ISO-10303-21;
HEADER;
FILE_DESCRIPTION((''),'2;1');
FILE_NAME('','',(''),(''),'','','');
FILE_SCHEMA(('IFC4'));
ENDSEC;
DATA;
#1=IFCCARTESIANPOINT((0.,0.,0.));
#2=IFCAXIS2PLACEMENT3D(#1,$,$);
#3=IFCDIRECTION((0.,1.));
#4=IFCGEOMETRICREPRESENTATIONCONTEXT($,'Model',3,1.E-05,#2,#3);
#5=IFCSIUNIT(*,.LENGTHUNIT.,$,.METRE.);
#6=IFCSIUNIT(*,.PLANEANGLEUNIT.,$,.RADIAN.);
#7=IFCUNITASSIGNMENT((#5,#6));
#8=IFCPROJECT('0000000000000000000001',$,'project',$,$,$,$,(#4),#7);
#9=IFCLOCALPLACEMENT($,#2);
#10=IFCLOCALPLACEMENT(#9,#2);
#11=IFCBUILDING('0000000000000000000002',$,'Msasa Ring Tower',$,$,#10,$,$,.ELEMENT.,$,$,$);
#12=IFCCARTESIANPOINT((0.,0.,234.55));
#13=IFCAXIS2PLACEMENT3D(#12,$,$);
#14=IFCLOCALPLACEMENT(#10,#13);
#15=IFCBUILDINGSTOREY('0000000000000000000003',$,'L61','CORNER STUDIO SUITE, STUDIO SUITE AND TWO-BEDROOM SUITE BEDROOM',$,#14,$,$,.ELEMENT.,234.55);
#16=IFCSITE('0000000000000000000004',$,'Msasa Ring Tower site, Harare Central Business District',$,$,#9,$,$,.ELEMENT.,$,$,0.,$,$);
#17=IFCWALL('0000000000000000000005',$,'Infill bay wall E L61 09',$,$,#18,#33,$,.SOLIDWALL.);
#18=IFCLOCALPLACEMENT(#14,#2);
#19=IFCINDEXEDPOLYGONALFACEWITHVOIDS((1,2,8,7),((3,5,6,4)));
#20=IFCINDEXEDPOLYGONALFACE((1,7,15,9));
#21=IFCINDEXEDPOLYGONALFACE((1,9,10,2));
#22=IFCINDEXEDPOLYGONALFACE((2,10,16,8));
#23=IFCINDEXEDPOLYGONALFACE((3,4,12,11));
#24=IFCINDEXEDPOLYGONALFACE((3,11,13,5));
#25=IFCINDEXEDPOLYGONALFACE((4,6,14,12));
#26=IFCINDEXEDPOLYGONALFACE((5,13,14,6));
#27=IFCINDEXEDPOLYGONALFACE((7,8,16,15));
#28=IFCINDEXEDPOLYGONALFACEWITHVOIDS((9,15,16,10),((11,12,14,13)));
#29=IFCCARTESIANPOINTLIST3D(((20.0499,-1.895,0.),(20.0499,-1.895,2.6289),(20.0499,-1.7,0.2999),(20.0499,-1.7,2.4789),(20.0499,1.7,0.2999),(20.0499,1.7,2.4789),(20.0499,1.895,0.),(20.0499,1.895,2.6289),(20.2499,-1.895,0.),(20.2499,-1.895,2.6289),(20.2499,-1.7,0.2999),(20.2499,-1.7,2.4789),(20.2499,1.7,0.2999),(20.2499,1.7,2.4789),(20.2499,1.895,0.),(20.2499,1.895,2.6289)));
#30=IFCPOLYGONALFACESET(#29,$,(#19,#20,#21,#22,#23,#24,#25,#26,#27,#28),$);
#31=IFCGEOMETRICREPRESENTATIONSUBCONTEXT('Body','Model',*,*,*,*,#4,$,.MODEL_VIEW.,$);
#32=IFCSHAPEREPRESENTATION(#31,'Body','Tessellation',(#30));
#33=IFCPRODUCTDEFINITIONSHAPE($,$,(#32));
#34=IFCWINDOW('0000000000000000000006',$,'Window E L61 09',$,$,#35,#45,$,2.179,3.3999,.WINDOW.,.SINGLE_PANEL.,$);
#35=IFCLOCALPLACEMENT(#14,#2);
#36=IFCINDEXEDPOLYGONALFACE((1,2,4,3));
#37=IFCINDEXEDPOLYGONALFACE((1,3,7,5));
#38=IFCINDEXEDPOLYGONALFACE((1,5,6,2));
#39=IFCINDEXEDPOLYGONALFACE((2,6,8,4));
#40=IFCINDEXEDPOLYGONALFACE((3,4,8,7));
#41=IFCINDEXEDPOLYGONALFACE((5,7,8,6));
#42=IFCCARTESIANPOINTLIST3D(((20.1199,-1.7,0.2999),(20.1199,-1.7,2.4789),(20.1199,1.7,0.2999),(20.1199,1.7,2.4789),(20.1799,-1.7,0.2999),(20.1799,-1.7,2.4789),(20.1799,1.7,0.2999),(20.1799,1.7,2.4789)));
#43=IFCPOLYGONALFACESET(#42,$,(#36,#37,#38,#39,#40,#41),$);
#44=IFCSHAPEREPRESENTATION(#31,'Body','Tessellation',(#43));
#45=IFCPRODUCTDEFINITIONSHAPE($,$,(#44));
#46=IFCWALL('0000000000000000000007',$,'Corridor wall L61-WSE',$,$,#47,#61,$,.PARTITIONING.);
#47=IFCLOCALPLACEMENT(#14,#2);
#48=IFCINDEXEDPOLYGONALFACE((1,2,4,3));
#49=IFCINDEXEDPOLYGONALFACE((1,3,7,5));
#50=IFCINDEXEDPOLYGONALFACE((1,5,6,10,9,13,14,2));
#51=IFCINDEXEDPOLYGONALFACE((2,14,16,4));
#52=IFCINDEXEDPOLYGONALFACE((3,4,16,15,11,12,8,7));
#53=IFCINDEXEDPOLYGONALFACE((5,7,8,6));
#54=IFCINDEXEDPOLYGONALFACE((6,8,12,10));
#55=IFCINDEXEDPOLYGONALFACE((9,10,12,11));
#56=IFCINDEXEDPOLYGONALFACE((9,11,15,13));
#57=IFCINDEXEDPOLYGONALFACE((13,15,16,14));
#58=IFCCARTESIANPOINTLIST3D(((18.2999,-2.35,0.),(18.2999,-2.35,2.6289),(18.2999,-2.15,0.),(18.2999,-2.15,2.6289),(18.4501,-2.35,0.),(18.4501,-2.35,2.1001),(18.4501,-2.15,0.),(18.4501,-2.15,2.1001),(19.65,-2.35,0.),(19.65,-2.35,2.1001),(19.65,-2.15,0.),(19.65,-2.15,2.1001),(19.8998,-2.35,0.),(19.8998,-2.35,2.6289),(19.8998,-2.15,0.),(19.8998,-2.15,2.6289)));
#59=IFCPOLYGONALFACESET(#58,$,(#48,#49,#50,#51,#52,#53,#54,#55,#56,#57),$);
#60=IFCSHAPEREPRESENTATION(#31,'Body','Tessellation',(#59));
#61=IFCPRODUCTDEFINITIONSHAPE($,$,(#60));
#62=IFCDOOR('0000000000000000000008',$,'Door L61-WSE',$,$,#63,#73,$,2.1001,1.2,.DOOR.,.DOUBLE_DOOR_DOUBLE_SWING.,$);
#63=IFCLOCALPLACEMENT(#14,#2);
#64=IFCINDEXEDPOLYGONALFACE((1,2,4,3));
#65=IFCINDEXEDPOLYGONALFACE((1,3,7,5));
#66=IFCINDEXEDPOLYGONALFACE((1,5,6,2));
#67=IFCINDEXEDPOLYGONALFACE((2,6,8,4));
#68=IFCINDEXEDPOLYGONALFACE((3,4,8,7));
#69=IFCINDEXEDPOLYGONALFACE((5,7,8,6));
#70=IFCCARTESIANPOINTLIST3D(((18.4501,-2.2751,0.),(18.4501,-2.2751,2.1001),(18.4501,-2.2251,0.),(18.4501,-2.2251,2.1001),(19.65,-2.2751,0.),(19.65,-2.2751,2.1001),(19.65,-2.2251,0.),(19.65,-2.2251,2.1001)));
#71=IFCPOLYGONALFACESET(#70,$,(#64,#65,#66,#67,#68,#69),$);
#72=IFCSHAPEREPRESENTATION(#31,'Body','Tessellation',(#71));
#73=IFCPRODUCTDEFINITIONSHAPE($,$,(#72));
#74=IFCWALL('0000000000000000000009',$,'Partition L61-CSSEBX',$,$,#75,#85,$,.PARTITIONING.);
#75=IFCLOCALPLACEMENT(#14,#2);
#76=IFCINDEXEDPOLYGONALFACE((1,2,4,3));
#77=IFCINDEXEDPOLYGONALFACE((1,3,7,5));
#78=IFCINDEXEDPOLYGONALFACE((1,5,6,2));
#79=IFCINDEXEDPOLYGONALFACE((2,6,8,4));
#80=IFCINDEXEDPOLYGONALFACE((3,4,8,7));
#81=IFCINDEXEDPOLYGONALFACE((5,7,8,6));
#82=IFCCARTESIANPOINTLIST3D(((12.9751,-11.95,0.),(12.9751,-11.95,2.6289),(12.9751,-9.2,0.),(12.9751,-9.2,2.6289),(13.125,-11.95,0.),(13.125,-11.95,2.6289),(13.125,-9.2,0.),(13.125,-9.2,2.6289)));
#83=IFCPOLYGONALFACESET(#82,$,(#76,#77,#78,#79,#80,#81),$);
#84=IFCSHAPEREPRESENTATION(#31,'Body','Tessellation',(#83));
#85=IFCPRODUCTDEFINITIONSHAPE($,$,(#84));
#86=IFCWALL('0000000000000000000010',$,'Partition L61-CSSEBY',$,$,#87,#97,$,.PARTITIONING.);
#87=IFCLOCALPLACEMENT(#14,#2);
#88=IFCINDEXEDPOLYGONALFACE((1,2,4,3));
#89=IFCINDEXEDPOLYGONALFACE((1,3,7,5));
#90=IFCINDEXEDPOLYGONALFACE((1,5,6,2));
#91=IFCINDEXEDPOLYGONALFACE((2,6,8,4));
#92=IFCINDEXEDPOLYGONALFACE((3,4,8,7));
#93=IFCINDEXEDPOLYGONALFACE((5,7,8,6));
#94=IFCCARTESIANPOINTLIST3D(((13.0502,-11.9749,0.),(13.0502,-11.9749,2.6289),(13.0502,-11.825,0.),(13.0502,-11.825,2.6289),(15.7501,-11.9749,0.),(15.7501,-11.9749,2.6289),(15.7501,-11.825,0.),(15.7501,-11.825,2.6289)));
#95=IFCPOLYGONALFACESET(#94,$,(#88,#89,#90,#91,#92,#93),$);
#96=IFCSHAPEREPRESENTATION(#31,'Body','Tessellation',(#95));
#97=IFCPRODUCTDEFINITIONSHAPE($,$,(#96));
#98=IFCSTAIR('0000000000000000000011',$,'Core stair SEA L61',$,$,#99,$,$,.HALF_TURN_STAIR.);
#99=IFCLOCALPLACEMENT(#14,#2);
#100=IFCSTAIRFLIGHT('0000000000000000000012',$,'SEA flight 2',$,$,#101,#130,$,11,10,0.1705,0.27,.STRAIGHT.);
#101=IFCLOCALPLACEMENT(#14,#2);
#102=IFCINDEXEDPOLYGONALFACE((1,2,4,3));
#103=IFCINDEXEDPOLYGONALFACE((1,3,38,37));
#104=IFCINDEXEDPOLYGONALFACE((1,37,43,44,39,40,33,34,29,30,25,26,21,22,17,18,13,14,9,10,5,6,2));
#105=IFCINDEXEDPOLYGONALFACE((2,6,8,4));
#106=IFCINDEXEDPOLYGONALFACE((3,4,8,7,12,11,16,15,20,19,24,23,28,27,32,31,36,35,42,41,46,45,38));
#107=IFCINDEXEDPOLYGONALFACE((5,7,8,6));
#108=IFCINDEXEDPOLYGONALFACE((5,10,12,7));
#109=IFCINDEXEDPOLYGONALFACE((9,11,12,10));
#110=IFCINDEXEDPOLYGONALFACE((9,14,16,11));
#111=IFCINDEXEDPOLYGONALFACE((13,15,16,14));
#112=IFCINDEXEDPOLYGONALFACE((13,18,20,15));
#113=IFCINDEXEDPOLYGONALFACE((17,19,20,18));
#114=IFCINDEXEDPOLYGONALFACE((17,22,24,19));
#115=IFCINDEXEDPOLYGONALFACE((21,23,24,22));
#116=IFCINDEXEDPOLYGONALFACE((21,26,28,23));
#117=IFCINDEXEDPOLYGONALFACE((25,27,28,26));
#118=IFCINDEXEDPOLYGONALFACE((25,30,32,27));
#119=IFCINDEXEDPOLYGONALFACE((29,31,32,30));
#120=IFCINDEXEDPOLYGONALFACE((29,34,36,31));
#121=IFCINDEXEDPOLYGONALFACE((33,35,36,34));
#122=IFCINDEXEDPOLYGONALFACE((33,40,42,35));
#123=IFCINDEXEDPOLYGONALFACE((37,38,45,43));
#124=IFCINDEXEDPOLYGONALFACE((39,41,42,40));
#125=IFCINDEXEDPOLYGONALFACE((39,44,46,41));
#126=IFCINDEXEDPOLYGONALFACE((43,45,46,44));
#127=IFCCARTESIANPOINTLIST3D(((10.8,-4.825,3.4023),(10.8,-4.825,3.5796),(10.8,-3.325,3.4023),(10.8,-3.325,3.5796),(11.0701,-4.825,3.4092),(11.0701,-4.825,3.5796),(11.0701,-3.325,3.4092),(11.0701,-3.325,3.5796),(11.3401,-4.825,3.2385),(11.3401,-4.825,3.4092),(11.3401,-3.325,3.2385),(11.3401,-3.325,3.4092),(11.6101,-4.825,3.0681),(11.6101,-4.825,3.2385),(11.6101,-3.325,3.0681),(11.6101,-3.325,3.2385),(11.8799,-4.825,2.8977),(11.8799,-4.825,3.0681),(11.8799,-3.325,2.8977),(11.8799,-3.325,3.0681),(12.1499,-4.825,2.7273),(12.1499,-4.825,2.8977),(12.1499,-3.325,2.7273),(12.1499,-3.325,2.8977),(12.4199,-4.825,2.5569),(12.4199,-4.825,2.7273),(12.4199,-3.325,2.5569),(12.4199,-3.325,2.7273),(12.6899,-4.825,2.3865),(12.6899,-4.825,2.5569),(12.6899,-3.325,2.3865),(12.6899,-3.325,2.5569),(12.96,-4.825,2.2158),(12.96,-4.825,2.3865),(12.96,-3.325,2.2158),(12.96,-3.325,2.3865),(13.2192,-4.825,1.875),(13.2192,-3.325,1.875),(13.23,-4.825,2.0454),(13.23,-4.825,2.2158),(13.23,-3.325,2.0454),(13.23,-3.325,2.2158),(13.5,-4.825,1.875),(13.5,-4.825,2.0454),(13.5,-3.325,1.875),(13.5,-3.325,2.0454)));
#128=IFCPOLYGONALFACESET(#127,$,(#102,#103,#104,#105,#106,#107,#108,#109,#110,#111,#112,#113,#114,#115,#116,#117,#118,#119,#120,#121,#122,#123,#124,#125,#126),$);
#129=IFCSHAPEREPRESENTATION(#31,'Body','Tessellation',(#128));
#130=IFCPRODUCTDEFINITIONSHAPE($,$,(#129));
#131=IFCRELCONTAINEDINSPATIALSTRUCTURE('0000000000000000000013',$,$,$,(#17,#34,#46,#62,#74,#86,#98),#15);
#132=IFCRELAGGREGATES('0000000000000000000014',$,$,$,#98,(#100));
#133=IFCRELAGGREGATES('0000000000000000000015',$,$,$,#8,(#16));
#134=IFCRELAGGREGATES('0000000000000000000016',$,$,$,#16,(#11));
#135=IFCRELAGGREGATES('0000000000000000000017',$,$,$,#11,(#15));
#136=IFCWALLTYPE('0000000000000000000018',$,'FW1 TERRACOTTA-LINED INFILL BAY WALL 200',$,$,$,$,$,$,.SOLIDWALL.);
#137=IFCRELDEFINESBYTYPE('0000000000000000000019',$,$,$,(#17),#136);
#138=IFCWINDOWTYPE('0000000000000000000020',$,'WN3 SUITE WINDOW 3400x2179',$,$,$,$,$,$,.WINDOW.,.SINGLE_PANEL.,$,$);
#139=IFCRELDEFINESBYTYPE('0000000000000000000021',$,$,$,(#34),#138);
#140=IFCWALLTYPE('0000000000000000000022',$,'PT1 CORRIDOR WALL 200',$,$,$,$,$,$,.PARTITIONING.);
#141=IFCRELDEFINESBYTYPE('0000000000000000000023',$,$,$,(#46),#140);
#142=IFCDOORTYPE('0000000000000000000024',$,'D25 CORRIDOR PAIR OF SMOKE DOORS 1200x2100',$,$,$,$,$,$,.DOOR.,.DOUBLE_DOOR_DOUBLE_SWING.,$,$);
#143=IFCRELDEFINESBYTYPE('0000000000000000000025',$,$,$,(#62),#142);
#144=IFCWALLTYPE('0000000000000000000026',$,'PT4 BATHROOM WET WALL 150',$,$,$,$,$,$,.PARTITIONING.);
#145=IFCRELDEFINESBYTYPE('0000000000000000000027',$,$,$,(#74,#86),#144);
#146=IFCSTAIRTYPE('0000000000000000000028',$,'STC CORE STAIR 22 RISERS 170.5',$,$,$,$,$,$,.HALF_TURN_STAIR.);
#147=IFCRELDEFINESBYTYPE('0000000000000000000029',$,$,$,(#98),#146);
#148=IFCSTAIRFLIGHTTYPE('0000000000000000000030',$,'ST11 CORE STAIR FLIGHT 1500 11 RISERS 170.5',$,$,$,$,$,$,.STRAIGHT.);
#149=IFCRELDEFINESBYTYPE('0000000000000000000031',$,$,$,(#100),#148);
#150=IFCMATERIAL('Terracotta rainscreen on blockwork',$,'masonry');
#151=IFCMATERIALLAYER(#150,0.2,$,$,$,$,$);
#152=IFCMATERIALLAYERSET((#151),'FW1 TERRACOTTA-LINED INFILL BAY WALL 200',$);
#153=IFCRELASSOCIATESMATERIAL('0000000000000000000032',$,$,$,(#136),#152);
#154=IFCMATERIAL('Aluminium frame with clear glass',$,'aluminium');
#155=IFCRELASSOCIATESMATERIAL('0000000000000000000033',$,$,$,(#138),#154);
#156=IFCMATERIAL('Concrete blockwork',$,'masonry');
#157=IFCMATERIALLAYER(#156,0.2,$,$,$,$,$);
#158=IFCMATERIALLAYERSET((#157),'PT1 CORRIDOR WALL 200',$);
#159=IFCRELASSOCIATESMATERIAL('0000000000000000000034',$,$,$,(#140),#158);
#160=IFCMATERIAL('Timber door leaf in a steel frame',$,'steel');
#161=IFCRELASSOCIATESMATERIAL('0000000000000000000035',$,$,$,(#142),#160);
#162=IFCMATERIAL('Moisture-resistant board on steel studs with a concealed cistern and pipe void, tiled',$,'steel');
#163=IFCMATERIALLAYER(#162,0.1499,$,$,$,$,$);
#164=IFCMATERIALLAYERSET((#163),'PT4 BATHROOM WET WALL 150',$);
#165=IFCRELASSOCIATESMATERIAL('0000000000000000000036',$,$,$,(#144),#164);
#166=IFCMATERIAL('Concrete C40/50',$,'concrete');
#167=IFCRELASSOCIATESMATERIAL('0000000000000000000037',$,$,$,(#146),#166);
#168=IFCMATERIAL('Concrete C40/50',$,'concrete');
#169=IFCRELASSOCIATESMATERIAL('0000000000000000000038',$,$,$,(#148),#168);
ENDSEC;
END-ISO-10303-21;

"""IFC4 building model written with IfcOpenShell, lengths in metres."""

from ifc_helpers import new_model, si_unit, direction, frame, frame_2d, origin, place, context, subcontext, project, spatial, polyline, rectangle, outline, extrude, material, layer, layer_set, type_object, element, fill, aggregate, save


model = new_model("IFC4")

# Units and contexts
model_context = context("Model", 3, precision=1e-05, world=origin(), true_north=direction((0.0, 1.0)))
body_context = subcontext(model_context, "Body", "Model", "MODEL_VIEW")
ifc_project = project(units=[si_unit("LENGTHUNIT", "METRE"), si_unit("PLANEANGLEUNIT", "RADIAN")], contexts=[model_context])

# Site, building, storey
site_placement = place(None, origin())
site = spatial("IfcSite", under=ifc_project, at=site_placement, Name="Msasa Ring Tower site, Harare Central Business District", CompositionType="ELEMENT", RefElevation=0.0)
building_placement = place(site_placement, origin())
building = spatial("IfcBuilding", under=site, at=building_placement, Name="Msasa Ring Tower", CompositionType="ELEMENT")
storey_placement = place(building_placement, frame((0.0, 0.0, 234.55)))
storey = spatial("IfcBuildingStorey", under=building, at=storey_placement, Name="L61", Description="CORNER STUDIO SUITE, STUDIO SUITE AND TWO-BEDROOM SUITE BEDROOM", CompositionType="ELEMENT", Elevation=234.55)

# Wall, opening, window
ifc_material_1 = material(Name="Terracotta rainscreen on blockwork", Category="masonry")
ifc_layer_1 = layer(ifc_material_1, 0.2)
ifc_layer_set_1 = layer_set([ifc_layer_1], Name="FW1 TERRACOTTA-LINED INFILL BAY WALL 200")
wall_type_1 = type_object("IfcWallType", Name="FW1 TERRACOTTA-LINED INFILL BAY WALL 200", PredefinedType="SOLIDWALL", material=ifc_layer_set_1)
ifc_material_2 = material(Name="Aluminium frame with clear glass", Category="aluminium")
window_type = type_object("IfcWindowType", Name="WN3 SUITE WINDOW 3400x2179", PartitioningType="SINGLE_PANEL", PredefinedType="WINDOW", material=ifc_material_2)
wall_1_placement = place(storey_placement, frame((20.1499, -1.895, 0.0), z_axis=(0.0, 0.0, 1.0), x_axis=(0.0, 1.0, 0.0)))
wall_1 = element("IfcWall", 1, at=wall_1_placement, inside=storey, type_object=wall_type_1, Name="Infill bay wall E L61 09", PredefinedType="SOLIDWALL", context=body_context, shape_type="SweptSolid", body=[
    extrude(rectangle(XDim=3.79, YDim=0.2, at=frame_2d((1.895, 0.0))), origin(), (0.0, 0.0, 1.0), 2.6289),
])
opening_1_placement = place(wall_1_placement, frame((0.1951, 0.0, 0.3)))
opening_1 = element("IfcOpeningElement", 2, at=opening_1_placement, cuts=wall_1, PredefinedType="OPENING", context=body_context, shape_type="SweptSolid", body=[
    extrude(rectangle(XDim=3.3999, YDim=2.179, at=frame_2d((1.7, 1.0894))), frame((0.0, 0.1099, 0.0), z_axis=(0.0, -1.0, 0.0), x_axis=(1.0, 0.0, 0.0)), (0.0, 0.0, 1.0), 0.22),
])
window_1_placement = place(opening_1_placement, origin())
window_1 = element("IfcWindow", 3, at=window_1_placement, inside=storey, type_object=window_type, Name="Window E L61 09", OverallHeight=2.179, OverallWidth=3.3999, PartitioningType="SINGLE_PANEL", PredefinedType="WINDOW", context=body_context, shape_type="SweptSolid", body=[
    extrude(rectangle(XDim=3.3999, YDim=2.179, at=frame_2d((1.7, 1.0894))), frame((0.0, 0.03, 0.0), z_axis=(0.0, -1.0, 0.0), x_axis=(1.0, 0.0, 0.0)), (0.0, 0.0, 1.0), 0.0601),
])
fill(opening_1, window_1)

# Wall, opening, door
ifc_material_3 = material(Name="Concrete blockwork", Category="masonry")
ifc_layer_2 = layer(ifc_material_3, 0.2)
ifc_layer_set_2 = layer_set([ifc_layer_2], Name="PT1 CORRIDOR WALL 200")
wall_type_2 = type_object("IfcWallType", Name="PT1 CORRIDOR WALL 200", PredefinedType="PARTITIONING", material=ifc_layer_set_2)
wall_2_placement = place(storey_placement, frame((18.3, -2.25, 0.0), z_axis=(0.0, 0.0, 1.0), x_axis=(1.0, 0.0, 0.0)))
wall_2 = element("IfcWall", 4, at=wall_2_placement, inside=storey, type_object=wall_type_2, Name="Corridor wall L61-WSE", PredefinedType="PARTITIONING", context=body_context, shape_type="SweptSolid", body=[
    extrude(rectangle(XDim=1.5999, YDim=0.2, at=frame_2d((0.7998, 0.0))), origin(), (0.0, 0.0, 1.0), 2.6289),
])
opening_2_placement = place(wall_2_placement, frame((0.1499, 0.0, 0.0)))
opening_2 = element("IfcOpeningElement", 5, at=opening_2_placement, cuts=wall_2, PredefinedType="OPENING", context=body_context, shape_type="SweptSolid", body=[
    extrude(rectangle(XDim=1.2, YDim=2.1001, at=frame_2d((0.6001, 1.05))), frame((0.0, 0.1099, 0.0), z_axis=(0.0, -1.0, 0.0), x_axis=(1.0, 0.0, 0.0)), (0.0, 0.0, 1.0), 0.22),
])
ifc_material_4 = material(Name="Timber door leaf in a steel frame", Category="steel")
door_type_1 = type_object("IfcDoorType", Name="D25 CORRIDOR PAIR OF SMOKE DOORS 1200x2100", OperationType="DOUBLE_DOOR_DOUBLE_SWING", PredefinedType="DOOR", material=ifc_material_4)
door_1_placement = place(opening_2_placement, origin())
door_1 = element("IfcDoor", 6, at=door_1_placement, inside=storey, type_object=door_type_1, Name="Door L61-WSE", OperationType="DOUBLE_DOOR_DOUBLE_SWING", OverallHeight=2.1001, OverallWidth=1.2, PredefinedType="DOOR", context=body_context, shape_type="SweptSolid", body=[
    extrude(rectangle(XDim=1.2, YDim=2.1001, at=frame_2d((0.6001, 1.05))), frame((0.0, 0.0249, 0.0), z_axis=(0.0, -1.0, 0.0), x_axis=(1.0, 0.0, 0.0)), (0.0, 0.0, 1.0), 0.05),
])
fill(opening_2, door_1)

# Walls
ifc_material_5 = material(Name="Moisture-resistant board on steel studs with a concealed cistern and pipe void, tiled", Category="steel")
ifc_layer_3 = layer(ifc_material_5, 0.1499)
ifc_layer_set_3 = layer_set([ifc_layer_3], Name="PT4 BATHROOM WET WALL 150")
wall_type_3 = type_object("IfcWallType", Name="PT4 BATHROOM WET WALL 150", PredefinedType="PARTITIONING", material=ifc_layer_set_3)
wall_3_placement = place(storey_placement, frame((13.05, -11.95, 0.0), z_axis=(0.0, 0.0, 1.0), x_axis=(0.0, 1.0, 0.0)))
element("IfcWall", 7, at=wall_3_placement, inside=storey, type_object=wall_type_3, Name="Partition L61-CSSEBX", PredefinedType="PARTITIONING", context=body_context, shape_type="SweptSolid", body=[
    extrude(rectangle(XDim=2.75, YDim=0.1499, at=frame_2d((1.375, 0.0))), origin(), (0.0, 0.0, 1.0), 2.6289),
])
wall_4_placement = place(storey_placement, frame((13.05, -11.8999, 0.0), z_axis=(0.0, 0.0, 1.0), x_axis=(1.0, 0.0, 0.0)))
element("IfcWall", 8, at=wall_4_placement, inside=storey, type_object=wall_type_3, Name="Partition L61-CSSEBY", PredefinedType="PARTITIONING", context=body_context, shape_type="SweptSolid", body=[
    extrude(rectangle(XDim=2.7, YDim=0.1499, at=frame_2d((1.3501, 0.0))), origin(), (0.0, 0.0, 1.0), 2.6289),
])

# Stair, stair flight
ifc_material_6 = material(Name="Concrete C40/50", Category="concrete")
stair_type = type_object("IfcStairType", Name="STC CORE STAIR 22 RISERS 170.5", PredefinedType="HALF_TURN_STAIR", material=ifc_material_6)
stair_placement = place(storey_placement, origin())
stair = element("IfcStair", 9, at=stair_placement, inside=storey, type_object=stair_type, Name="Core stair SEA L61", PredefinedType="HALF_TURN_STAIR")
ifc_material_7 = material(Name="Concrete C40/50", Category="concrete")
stair_flight_type = type_object("IfcStairFlightType", Name="ST11 CORE STAIR FLIGHT 1500 11 RISERS 170.5", PredefinedType="STRAIGHT", material=ifc_material_7)
stair_flight_placement = place(storey_placement, frame((13.5, -4.075, 1.875), z_axis=(0.0, 0.0, 1.0), x_axis=(-1.0, 0.0, 0.0)))
stair_flight = element("IfcStairFlight", 10, at=stair_flight_placement, type_object=stair_flight_type, Name="SEA flight 2", NumberOfRisers=11, NumberOfTreads=10, PredefinedType="STRAIGHT", RiserHeight=0.1705, TreadLength=0.27, context=body_context, shape_type="SweptSolid", body=[
    extrude(outline(polyline([(0.0, 0.0), (0.0, 0.1704), (0.27, 0.1704), (0.27, 0.3408), (0.54, 0.3408), (0.54, 0.5115), (0.8101, 0.5115), (0.8101, 0.6819), (1.0801, 0.6819), (1.0801, 0.8523), (1.3501, 0.8523), (1.3501, 1.0227), (1.6201, 1.0227), (1.6201, 1.1931), (1.8899, 1.1931), (1.8899, 1.3635), (2.1599, 1.3635), (2.1599, 1.5342), (2.4299, 1.5342), (2.4299, 1.7046), (2.7, 1.7046), (2.7, 1.875), (2.7, 1.5273), (0.2808, 0.0), (0.0, 0.0)])), frame((0.0, 0.75, 0.0), z_axis=(0.0, -1.0, 0.0), x_axis=(1.0, 0.0, 0.0)), (0.0, 0.0, 1.0), 1.5),
])
aggregate(stair, [stair_flight])

save(model, "model.ifc")
